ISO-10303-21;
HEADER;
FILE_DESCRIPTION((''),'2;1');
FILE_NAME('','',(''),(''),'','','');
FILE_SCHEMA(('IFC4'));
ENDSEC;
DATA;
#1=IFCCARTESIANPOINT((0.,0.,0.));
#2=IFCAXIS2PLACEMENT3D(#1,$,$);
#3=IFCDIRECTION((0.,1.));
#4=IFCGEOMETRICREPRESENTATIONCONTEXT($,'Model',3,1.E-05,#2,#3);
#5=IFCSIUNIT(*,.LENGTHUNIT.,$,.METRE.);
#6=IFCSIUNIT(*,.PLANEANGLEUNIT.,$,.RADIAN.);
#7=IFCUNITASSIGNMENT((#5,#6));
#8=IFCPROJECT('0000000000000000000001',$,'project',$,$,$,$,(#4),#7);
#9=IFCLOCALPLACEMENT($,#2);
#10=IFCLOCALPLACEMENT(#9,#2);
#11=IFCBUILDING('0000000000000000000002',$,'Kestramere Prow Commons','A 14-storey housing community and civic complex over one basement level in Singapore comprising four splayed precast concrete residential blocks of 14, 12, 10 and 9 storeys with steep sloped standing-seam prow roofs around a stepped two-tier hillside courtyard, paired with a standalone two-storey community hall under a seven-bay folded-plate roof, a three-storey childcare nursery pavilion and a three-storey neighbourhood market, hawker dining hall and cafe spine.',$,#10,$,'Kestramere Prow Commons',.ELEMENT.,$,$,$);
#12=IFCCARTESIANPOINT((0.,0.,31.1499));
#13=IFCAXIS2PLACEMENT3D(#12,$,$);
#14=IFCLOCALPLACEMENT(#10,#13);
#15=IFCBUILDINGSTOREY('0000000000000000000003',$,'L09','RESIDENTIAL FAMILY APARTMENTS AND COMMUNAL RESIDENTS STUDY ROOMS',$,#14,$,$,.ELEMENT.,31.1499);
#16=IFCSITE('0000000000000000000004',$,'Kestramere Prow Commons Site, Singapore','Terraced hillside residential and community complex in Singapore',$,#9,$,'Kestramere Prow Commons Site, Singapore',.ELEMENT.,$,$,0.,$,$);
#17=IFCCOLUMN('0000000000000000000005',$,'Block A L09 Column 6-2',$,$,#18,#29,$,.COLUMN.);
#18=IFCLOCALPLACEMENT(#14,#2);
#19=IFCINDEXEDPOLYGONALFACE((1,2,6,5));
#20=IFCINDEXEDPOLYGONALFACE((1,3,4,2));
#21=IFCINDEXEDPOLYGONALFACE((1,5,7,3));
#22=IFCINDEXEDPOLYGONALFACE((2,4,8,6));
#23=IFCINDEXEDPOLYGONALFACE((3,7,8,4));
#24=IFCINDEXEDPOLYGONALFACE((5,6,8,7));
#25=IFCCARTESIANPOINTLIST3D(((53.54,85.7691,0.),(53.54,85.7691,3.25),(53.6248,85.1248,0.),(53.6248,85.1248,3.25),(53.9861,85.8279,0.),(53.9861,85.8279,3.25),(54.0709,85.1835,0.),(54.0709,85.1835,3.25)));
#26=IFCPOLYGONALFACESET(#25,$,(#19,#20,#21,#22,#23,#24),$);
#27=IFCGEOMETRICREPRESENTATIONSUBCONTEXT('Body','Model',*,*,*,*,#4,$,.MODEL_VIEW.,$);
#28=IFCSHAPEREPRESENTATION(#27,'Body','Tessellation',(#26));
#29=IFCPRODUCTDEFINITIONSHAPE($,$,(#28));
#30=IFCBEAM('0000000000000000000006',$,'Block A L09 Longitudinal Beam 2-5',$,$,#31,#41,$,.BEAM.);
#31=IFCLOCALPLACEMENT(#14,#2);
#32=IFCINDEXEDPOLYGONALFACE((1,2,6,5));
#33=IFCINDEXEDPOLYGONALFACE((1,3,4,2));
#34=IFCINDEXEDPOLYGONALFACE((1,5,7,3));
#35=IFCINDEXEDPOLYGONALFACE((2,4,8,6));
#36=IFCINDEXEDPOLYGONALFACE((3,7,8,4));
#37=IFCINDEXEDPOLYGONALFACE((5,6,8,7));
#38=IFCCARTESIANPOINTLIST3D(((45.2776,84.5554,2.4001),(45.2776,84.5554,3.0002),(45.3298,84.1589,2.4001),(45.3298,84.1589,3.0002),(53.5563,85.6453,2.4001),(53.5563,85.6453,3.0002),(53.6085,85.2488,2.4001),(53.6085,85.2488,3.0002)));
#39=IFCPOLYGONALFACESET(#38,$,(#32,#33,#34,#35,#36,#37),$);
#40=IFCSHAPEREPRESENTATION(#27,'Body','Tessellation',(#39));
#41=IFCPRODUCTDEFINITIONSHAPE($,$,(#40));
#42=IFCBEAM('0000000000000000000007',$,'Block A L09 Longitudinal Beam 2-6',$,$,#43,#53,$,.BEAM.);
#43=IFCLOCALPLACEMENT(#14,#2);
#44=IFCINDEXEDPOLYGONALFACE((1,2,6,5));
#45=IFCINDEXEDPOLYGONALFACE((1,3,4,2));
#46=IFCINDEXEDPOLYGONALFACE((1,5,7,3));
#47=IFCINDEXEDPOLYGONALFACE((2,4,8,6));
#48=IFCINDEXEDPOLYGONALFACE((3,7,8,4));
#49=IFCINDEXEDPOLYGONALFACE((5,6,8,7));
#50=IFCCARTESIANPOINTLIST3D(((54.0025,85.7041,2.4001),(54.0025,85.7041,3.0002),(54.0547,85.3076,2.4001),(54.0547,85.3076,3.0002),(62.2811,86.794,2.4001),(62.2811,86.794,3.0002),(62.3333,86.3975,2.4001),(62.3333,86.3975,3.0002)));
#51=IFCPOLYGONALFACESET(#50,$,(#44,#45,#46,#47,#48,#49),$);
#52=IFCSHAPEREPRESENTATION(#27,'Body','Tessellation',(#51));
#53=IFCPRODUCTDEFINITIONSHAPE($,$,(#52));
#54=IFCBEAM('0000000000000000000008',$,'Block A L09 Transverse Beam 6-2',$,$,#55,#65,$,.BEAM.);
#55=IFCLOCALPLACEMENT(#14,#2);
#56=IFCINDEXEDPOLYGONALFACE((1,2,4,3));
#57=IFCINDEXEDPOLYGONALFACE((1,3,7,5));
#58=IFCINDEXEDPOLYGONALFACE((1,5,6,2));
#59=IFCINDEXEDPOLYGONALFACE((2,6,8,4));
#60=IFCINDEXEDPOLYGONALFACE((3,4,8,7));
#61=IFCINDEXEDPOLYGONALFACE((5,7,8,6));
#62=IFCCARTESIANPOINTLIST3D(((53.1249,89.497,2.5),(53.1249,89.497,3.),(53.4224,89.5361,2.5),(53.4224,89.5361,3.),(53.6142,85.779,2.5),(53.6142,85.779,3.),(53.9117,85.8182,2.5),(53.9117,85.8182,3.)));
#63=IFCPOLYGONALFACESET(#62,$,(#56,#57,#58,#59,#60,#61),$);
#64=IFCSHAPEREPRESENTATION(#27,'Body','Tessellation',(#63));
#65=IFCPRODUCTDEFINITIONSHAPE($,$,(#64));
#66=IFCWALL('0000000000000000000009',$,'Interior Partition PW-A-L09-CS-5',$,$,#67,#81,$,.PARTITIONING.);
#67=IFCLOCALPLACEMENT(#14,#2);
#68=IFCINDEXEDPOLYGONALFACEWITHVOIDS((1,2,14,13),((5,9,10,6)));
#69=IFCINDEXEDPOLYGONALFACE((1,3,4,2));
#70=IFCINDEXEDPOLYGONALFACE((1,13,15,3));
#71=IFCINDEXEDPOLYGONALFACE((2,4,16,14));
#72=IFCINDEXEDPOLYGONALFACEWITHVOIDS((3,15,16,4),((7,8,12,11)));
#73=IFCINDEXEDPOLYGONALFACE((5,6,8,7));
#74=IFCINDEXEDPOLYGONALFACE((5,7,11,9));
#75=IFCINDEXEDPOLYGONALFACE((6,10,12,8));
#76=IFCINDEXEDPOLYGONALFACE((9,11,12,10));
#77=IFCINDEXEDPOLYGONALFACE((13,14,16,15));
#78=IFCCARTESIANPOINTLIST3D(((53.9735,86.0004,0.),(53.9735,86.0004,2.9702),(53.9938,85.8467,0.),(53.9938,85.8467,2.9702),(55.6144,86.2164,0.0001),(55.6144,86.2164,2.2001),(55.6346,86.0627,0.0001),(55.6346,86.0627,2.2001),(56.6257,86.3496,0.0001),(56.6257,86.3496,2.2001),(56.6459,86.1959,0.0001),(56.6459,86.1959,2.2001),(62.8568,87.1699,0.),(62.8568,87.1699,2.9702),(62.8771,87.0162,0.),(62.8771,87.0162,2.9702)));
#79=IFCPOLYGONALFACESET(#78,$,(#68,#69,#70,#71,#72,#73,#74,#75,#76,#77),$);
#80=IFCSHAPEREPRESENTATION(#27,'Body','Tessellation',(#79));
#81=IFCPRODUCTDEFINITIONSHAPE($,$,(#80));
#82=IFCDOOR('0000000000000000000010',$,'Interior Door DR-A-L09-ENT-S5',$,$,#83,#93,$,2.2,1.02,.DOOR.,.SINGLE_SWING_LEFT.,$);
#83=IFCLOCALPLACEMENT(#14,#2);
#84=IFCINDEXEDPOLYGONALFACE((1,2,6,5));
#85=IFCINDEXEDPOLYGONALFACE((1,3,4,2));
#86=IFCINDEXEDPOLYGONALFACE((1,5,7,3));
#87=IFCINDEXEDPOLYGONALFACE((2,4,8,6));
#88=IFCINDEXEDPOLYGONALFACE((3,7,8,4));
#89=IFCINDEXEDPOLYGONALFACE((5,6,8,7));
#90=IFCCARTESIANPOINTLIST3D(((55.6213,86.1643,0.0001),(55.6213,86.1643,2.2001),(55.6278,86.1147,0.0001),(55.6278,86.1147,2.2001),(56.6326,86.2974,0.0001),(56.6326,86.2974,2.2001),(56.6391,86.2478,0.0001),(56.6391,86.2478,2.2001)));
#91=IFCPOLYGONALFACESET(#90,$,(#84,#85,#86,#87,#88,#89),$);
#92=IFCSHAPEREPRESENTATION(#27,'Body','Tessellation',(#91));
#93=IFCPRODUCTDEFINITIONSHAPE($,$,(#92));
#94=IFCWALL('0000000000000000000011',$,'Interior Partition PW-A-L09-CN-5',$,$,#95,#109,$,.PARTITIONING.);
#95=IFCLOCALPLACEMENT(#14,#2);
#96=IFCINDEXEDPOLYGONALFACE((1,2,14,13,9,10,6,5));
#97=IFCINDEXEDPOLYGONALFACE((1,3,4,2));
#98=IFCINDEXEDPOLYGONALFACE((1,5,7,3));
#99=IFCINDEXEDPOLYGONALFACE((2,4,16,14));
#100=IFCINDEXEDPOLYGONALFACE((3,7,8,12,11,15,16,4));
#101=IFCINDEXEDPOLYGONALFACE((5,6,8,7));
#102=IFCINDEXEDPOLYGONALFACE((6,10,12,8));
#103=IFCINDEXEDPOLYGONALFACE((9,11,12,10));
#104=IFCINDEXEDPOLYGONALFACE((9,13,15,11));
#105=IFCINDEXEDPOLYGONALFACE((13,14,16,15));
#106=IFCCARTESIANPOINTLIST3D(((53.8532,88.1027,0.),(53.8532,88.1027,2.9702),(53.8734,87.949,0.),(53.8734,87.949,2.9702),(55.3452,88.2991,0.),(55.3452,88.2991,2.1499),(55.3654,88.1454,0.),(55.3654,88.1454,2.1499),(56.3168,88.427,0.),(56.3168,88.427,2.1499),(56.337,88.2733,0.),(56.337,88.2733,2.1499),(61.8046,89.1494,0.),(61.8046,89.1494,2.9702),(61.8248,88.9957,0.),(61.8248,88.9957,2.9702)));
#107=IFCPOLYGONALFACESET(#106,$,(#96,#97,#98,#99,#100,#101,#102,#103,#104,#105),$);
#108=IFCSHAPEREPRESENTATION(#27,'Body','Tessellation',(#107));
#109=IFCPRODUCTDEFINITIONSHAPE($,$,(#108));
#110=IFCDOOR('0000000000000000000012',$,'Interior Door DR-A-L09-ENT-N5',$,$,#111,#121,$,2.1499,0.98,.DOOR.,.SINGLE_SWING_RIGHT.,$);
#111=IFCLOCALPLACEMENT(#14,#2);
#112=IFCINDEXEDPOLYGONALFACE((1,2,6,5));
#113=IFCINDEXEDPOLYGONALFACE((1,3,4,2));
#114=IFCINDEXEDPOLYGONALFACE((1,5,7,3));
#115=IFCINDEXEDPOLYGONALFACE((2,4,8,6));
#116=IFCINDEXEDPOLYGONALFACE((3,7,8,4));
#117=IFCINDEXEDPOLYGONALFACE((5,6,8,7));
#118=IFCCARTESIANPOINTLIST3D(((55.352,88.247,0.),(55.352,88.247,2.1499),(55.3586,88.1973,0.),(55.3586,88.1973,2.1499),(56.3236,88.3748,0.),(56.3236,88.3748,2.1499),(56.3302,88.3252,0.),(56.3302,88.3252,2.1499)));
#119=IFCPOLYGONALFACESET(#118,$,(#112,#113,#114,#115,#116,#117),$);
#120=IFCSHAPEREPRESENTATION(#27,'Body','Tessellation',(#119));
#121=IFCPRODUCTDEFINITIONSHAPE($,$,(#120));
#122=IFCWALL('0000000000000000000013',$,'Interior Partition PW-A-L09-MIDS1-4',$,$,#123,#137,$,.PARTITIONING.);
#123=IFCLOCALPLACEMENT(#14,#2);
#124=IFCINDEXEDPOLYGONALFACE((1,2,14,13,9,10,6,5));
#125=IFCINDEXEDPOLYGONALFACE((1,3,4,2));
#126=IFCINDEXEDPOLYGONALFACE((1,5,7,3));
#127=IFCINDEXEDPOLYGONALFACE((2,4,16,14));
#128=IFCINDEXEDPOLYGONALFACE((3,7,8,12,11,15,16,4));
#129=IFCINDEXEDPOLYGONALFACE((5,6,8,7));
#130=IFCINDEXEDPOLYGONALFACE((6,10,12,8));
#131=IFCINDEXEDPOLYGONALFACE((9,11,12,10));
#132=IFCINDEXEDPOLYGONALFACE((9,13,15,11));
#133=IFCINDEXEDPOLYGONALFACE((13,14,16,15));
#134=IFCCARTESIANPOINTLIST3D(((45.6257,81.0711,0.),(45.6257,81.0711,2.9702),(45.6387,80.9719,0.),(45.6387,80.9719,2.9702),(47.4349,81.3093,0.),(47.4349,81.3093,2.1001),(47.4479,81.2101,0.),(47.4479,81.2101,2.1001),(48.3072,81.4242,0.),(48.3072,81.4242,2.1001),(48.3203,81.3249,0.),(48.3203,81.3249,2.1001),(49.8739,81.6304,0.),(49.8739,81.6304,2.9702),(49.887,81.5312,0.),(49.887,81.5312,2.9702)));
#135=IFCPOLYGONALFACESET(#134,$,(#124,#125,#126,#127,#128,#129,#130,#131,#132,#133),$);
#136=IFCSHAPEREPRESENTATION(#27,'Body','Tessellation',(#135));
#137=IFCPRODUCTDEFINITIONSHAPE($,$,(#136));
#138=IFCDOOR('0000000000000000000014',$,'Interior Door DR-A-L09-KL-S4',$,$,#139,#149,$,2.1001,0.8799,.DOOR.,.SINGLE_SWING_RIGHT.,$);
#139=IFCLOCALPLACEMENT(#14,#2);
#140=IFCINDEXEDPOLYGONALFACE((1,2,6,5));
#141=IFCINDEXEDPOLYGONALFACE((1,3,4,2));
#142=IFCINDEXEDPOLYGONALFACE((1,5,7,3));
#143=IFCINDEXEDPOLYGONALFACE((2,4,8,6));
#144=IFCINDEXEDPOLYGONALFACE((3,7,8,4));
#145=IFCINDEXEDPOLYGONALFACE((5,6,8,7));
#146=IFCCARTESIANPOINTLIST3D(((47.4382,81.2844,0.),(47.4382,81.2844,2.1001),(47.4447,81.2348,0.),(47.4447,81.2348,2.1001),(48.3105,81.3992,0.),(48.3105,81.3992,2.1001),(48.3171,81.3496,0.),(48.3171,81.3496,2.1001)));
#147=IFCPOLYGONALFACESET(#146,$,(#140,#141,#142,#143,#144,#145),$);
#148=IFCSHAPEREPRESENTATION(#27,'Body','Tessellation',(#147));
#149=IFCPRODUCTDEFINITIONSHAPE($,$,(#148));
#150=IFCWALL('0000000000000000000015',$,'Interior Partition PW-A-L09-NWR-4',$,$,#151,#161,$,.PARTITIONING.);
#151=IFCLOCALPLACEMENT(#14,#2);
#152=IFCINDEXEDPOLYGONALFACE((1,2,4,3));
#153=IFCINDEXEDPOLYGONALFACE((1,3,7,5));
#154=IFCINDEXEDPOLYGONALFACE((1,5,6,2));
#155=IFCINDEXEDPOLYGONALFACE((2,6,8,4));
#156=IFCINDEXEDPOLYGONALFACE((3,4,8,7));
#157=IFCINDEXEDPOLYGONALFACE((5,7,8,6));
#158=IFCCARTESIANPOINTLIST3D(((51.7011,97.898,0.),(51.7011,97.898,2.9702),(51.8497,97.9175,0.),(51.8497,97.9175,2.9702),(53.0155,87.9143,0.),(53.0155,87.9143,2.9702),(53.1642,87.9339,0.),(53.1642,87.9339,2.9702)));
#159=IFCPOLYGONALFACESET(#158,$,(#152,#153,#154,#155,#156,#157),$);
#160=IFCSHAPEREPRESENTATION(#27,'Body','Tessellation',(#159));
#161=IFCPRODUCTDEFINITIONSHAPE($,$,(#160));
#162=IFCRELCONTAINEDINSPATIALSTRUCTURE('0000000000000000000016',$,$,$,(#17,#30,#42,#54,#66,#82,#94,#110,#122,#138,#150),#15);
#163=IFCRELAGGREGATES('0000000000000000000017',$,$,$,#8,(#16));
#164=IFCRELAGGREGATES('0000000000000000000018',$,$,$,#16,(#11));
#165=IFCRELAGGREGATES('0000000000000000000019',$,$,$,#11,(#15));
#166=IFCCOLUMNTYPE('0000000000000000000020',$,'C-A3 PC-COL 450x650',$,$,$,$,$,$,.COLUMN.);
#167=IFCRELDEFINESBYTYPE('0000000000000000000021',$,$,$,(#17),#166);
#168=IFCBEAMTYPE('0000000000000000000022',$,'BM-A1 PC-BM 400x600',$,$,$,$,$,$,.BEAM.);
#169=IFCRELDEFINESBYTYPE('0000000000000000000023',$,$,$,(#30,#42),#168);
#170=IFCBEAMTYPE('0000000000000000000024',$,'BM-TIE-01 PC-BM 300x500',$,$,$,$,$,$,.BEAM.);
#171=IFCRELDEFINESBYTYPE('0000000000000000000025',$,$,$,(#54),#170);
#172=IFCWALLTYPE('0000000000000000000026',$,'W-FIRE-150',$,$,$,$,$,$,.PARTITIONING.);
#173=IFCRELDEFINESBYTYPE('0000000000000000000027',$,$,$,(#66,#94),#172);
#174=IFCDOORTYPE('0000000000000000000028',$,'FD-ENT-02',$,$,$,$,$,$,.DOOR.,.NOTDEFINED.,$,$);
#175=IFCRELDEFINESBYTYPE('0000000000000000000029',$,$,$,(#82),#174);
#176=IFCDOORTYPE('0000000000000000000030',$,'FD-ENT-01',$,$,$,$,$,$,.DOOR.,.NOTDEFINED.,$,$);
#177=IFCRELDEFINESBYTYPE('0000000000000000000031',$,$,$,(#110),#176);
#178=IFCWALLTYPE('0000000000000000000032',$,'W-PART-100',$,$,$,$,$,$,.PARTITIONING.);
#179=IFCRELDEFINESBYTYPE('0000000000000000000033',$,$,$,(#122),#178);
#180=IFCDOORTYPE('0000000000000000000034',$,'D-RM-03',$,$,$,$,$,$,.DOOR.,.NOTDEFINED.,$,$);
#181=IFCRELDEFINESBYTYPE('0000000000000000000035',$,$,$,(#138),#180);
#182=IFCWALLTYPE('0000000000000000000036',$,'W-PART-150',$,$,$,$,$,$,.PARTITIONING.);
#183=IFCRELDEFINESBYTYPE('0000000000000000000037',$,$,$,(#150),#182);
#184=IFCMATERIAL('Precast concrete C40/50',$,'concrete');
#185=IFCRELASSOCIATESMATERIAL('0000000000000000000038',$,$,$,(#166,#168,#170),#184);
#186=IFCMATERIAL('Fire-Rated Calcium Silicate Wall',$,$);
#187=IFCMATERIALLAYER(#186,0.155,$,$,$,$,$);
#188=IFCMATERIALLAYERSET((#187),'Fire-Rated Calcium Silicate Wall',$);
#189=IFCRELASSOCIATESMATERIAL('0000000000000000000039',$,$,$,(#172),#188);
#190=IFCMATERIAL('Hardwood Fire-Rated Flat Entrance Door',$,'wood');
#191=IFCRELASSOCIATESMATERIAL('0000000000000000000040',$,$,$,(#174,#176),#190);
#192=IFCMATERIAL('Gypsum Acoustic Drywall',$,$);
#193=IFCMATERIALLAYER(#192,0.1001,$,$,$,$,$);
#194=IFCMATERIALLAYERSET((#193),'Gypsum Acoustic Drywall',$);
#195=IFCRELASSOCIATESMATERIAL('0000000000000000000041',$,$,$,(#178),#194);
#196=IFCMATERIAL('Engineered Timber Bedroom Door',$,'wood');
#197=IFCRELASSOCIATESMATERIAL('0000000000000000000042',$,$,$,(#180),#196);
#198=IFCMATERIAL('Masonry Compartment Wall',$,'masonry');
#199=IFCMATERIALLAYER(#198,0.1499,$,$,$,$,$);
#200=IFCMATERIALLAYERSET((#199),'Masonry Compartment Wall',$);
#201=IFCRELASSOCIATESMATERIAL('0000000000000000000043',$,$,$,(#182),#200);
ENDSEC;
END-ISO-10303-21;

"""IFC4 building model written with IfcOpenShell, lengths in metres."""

from ifc_helpers import new_model, si_unit, direction, frame, frame_2d, origin, origin_2d, place, context, subcontext, project, spatial, rectangle, extrude, material, layer, layer_set, material_profile, profile_set, type_object, element, fill, save


model = new_model("IFC4")

# Units and contexts
model_context = context("Model", 3, precision=1e-05, world=origin(), true_north=direction((0.0, 1.0)))
body_context = subcontext(model_context, "Body", "Model", "MODEL_VIEW")
ifc_project = project(units=[si_unit("LENGTHUNIT", "METRE"), si_unit("PLANEANGLEUNIT", "RADIAN")], contexts=[model_context])

# Site, building, storey
site_placement = place(None, origin())
site = spatial("IfcSite", under=ifc_project, at=site_placement, Name="Kestramere Prow Commons Site, Singapore", Description="Terraced hillside residential and community complex in Singapore", LongName="Kestramere Prow Commons Site, Singapore", CompositionType="ELEMENT", RefElevation=0.0)
building_placement = place(site_placement, origin())
building = spatial("IfcBuilding", under=site, at=building_placement, Name="Kestramere Prow Commons", Description="A 14-storey housing community and civic complex over one basement level in Singapore comprising four splayed precast concrete residential blocks of 14, 12, 10 and 9 storeys with steep sloped standing-seam prow roofs around a stepped two-tier hillside courtyard, paired with a standalone two-storey community hall under a seven-bay folded-plate roof, a three-storey childcare nursery pavilion and a three-storey neighbourhood market, hawker dining hall and cafe spine.", LongName="Kestramere Prow Commons", CompositionType="ELEMENT")
storey_placement = place(building_placement, frame((0.0, 0.0, 31.1499)))
storey = spatial("IfcBuildingStorey", under=building, at=storey_placement, Name="L09", Description="RESIDENTIAL FAMILY APARTMENTS AND COMMUNAL RESIDENTS STUDY ROOMS", CompositionType="ELEMENT", Elevation=31.1499)

# Column
ifc_material_1 = material(Name="Precast concrete C40/50", Category="concrete")
ifc_material_profile_1 = material_profile(ifc_material_1, rectangle(XDim=0.45, YDim=0.6499, at=origin_2d()), Name="PC-COL 450x650")
ifc_profile_set_1 = profile_set([ifc_material_profile_1], Name="Precast concrete C40/50")
column_type = type_object("IfcColumnType", Name="C-A3 PC-COL 450x650", PredefinedType="COLUMN", material=ifc_profile_set_1)
column_placement = place(storey_placement, frame((53.8054, 85.4763, 0.0), z_axis=(0.0, 0.0, 1.0), x_axis=(0.991445, 0.130526, 0.0)))
element("IfcColumn", 1, at=column_placement, inside=storey, type_object=column_type, Name="Block A L09 Column 6-2", PredefinedType="COLUMN", context=body_context, shape_type="SweptSolid", body=[
    extrude(rectangle(XDim=0.45, YDim=0.6499, at=origin_2d()), origin(), (0.0, 0.0, 1.0), 3.25),
])

# Beams
ifc_material_profile_2 = material_profile(ifc_material_1, rectangle(XDim=0.3999, YDim=0.6001, at=origin_2d()), Name="PC-BM 400x600")
ifc_profile_set_2 = profile_set([ifc_material_profile_2], Name="Precast concrete C40/50")
beam_type_1 = type_object("IfcBeamType", Name="BM-A1 PC-BM 400x600", PredefinedType="BEAM", material=ifc_profile_set_2)
for number, where, z_axis, x_axis, name in (
    (2, (45.3037, 84.3572, 2.7002), (0.991446, 0.13052, 0.0), (-0.13052, 0.991446, 0.0), "Block A L09 Longitudinal Beam 2-5"),
    (3, (54.0286, 85.5059, 2.7002), (0.991446, 0.13052, 0.0), (-0.13052, 0.991446, 0.0), "Block A L09 Longitudinal Beam 2-6"),
):
    element("IfcBeam", number, at=place(storey_placement, frame(where, z_axis=z_axis, x_axis=x_axis)), inside=storey, type_object=beam_type_1, Name=name, PredefinedType="BEAM", context=body_context, shape_type="SweptSolid", body=[
        extrude(rectangle(XDim=0.3999, YDim=0.6001, at=origin_2d()), origin(), (0.0, 0.0, 1.0), 8.3501),
    ])
ifc_material_profile_3 = material_profile(ifc_material_1, rectangle(XDim=0.3, YDim=0.5, at=origin_2d()), Name="PC-BM 300x500")
ifc_profile_set_3 = profile_set([ifc_material_profile_3], Name="Precast concrete C40/50")
beam_type_2 = type_object("IfcBeamType", Name="BM-TIE-01 PC-BM 300x500", PredefinedType="BEAM", material=ifc_profile_set_3)
beam_placement = place(storey_placement, frame((53.7629, 85.7986, 2.75), z_axis=(-0.130466, 0.991453, 0.0), x_axis=(-0.991453, -0.130466, 0.0)))
element("IfcBeam", 4, at=beam_placement, inside=storey, type_object=beam_type_2, Name="Block A L09 Transverse Beam 6-2", PredefinedType="BEAM", context=body_context, shape_type="SweptSolid", body=[
    extrude(rectangle(XDim=0.3, YDim=0.5, at=origin_2d()), origin(), (0.0, 0.0, 1.0), 3.75),
])

# Walls, openings, doors
ifc_material_2 = material(Name="Fire-Rated Calcium Silicate Wall")
ifc_layer_1 = layer(ifc_material_2, 0.155)
ifc_layer_set_1 = layer_set([ifc_layer_1], Name="Fire-Rated Calcium Silicate Wall")
wall_type_1 = type_object("IfcWallType", Name="W-FIRE-150", PredefinedType="PARTITIONING", material=ifc_layer_set_1)
wall_1_placement = place(storey_placement, frame((53.9836, 85.9236, 0.0), z_axis=(0.0, 0.0, 1.0), x_axis=(0.991446, 0.130518, 0.0)))
wall_1 = element("IfcWall", 5, at=wall_1_placement, inside=storey, type_object=wall_type_1, Name="Interior Partition PW-A-L09-CS-5", PredefinedType="PARTITIONING", context=body_context, shape_type="SweptSolid", body=[
    extrude(rectangle(XDim=8.96, YDim=0.155, at=frame_2d((4.48, 0.0))), origin(), (0.0, 0.0, 1.0), 2.9702),
])
opening_1_placement = place(wall_1_placement, frame((1.655, 0.0, 0.0)))
opening_1 = element("IfcOpeningElement", 6, at=opening_1_placement, cuts=wall_1, PredefinedType="OPENING", context=body_context, shape_type="SweptSolid", body=[
    extrude(rectangle(XDim=1.02, YDim=2.2, at=frame_2d((0.51, 1.1001))), frame((0.0, 0.0925, 0.0), z_axis=(0.0, -1.0, 0.0), x_axis=(1.0, 0.0, 0.0)), (0.0, 0.0, 1.0), 0.1851),
])
ifc_material_3 = material(Name="Hardwood Fire-Rated Flat Entrance Door", Category="wood")
door_type_1 = type_object("IfcDoorType", Name="FD-ENT-02", OperationType="NOTDEFINED", PredefinedType="DOOR", material=ifc_material_3)
door_1_placement = place(opening_1_placement, origin())
door_1 = element("IfcDoor", 7, at=door_1_placement, inside=storey, type_object=door_type_1, Name="Interior Door DR-A-L09-ENT-S5", OperationType="SINGLE_SWING_LEFT", OverallHeight=2.2, OverallWidth=1.02, PredefinedType="DOOR", context=body_context, shape_type="SweptSolid", body=[
    extrude(rectangle(XDim=1.02, YDim=2.2, at=frame_2d((0.51, 1.1001))), frame((0.0, 0.0249, 0.0), z_axis=(0.0, -1.0, 0.0), x_axis=(1.0, 0.0, 0.0)), (0.0, 0.0, 1.0), 0.05),
])
fill(opening_1, door_1)
wall_2_placement = place(storey_placement, frame((53.8633, 88.0259, 0.0), z_axis=(0.0, 0.0, 1.0), x_axis=(0.991448, 0.130503, 0.0)))
wall_2 = element("IfcWall", 8, at=wall_2_placement, inside=storey, type_object=wall_type_1, Name="Interior Partition PW-A-L09-CN-5", PredefinedType="PARTITIONING", context=body_context, shape_type="SweptSolid", body=[
    extrude(rectangle(XDim=8.02, YDim=0.155, at=frame_2d((4.01, 0.0))), origin(), (0.0, 0.0, 1.0), 2.9702),
])
opening_2_placement = place(wall_2_placement, frame((1.5049, 0.0, 0.0)))
opening_2 = element("IfcOpeningElement", 9, at=opening_2_placement, cuts=wall_2, PredefinedType="OPENING", context=body_context, shape_type="SweptSolid", body=[
    extrude(rectangle(XDim=0.98, YDim=2.1499, at=frame_2d((0.49, 1.075))), frame((0.0, 0.0925, 0.0), z_axis=(0.0, -1.0, 0.0), x_axis=(1.0, 0.0, 0.0)), (0.0, 0.0, 1.0), 0.1851),
])
door_type_2 = type_object("IfcDoorType", Name="FD-ENT-01", OperationType="NOTDEFINED", PredefinedType="DOOR", material=ifc_material_3)
door_2_placement = place(opening_2_placement, origin())
door_2 = element("IfcDoor", 10, at=door_2_placement, inside=storey, type_object=door_type_2, Name="Interior Door DR-A-L09-ENT-N5", OperationType="SINGLE_SWING_RIGHT", OverallHeight=2.1499, OverallWidth=0.98, PredefinedType="DOOR", context=body_context, shape_type="SweptSolid", body=[
    extrude(rectangle(XDim=0.98, YDim=2.1499, at=frame_2d((0.49, 1.075))), frame((0.0, 0.0249, 0.0), z_axis=(0.0, -1.0, 0.0), x_axis=(1.0, 0.0, 0.0)), (0.0, 0.0, 1.0), 0.05),
])
fill(opening_2, door_2)
ifc_material_4 = material(Name="Gypsum Acoustic Drywall")
ifc_layer_2 = layer(ifc_material_4, 0.1001)
ifc_layer_set_2 = layer_set([ifc_layer_2], Name="Gypsum Acoustic Drywall")
wall_type_2 = type_object("IfcWallType", Name="W-PART-100", PredefinedType="PARTITIONING", material=ifc_layer_set_2)
wall_3_placement = place(storey_placement, frame((45.6321, 81.0215, 0.0), z_axis=(0.0, 0.0, 1.0), x_axis=(0.991444, 0.130533, 0.0)))
wall_3 = element("IfcWall", 11, at=wall_3_placement, inside=storey, type_object=wall_type_2, Name="Interior Partition PW-A-L09-MIDS1-4", PredefinedType="PARTITIONING", context=body_context, shape_type="SweptSolid", body=[
    extrude(rectangle(XDim=4.2849, YDim=0.1001, at=frame_2d((2.1426, 0.0))), origin(), (0.0, 0.0, 1.0), 2.9702),
])
opening_3_placement = place(wall_3_placement, frame((1.825, 0.0, 0.0)))
opening_3 = element("IfcOpeningElement", 12, at=opening_3_placement, cuts=wall_3, PredefinedType="OPENING", context=body_context, shape_type="SweptSolid", body=[
    extrude(rectangle(XDim=0.8799, YDim=2.1001, at=frame_2d((0.4399, 1.05))), frame((0.0, 0.0649, 0.0), z_axis=(0.0, -1.0, 0.0), x_axis=(1.0, 0.0, 0.0)), (0.0, 0.0, 1.0), 0.1301),
])
ifc_material_5 = material(Name="Engineered Timber Bedroom Door", Category="wood")
door_type_3 = type_object("IfcDoorType", Name="D-RM-03", OperationType="NOTDEFINED", PredefinedType="DOOR", material=ifc_material_5)
door_3_placement = place(opening_3_placement, origin())
door_3 = element("IfcDoor", 13, at=door_3_placement, inside=storey, type_object=door_type_3, Name="Interior Door DR-A-L09-KL-S4", OperationType="SINGLE_SWING_RIGHT", OverallHeight=2.1001, OverallWidth=0.8799, PredefinedType="DOOR", context=body_context, shape_type="SweptSolid", body=[
    extrude(rectangle(XDim=0.8799, YDim=2.1001, at=frame_2d((0.4399, 1.05))), frame((0.0, 0.0249, 0.0), z_axis=(0.0, -1.0, 0.0), x_axis=(1.0, 0.0, 0.0)), (0.0, 0.0, 1.0), 0.05),
])
fill(opening_3, door_3)

# Wall
ifc_material_6 = material(Name="Masonry Compartment Wall", Category="masonry")
ifc_layer_3 = layer(ifc_material_6, 0.1499)
ifc_layer_set_3 = layer_set([ifc_layer_3], Name="Masonry Compartment Wall")
wall_type_3 = type_object("IfcWallType", Name="W-PART-150", PredefinedType="PARTITIONING", material=ifc_layer_set_3)
wall_4_placement = place(storey_placement, frame((53.0898, 87.9241, 0.0), z_axis=(0.0, 0.0, 1.0), x_axis=(-0.130534, 0.991444, 0.0)))
element("IfcWall", 14, at=wall_4_placement, inside=storey, type_object=wall_type_3, Name="Interior Partition PW-A-L09-NWR-4", PredefinedType="PARTITIONING", context=body_context, shape_type="SweptSolid", body=[
    extrude(rectangle(XDim=10.0698, YDim=0.1499, at=frame_2d((5.0349, 0.0))), origin(), (0.0, 0.0, 1.0), 2.9702),
])

save(model, "model.ifc")
